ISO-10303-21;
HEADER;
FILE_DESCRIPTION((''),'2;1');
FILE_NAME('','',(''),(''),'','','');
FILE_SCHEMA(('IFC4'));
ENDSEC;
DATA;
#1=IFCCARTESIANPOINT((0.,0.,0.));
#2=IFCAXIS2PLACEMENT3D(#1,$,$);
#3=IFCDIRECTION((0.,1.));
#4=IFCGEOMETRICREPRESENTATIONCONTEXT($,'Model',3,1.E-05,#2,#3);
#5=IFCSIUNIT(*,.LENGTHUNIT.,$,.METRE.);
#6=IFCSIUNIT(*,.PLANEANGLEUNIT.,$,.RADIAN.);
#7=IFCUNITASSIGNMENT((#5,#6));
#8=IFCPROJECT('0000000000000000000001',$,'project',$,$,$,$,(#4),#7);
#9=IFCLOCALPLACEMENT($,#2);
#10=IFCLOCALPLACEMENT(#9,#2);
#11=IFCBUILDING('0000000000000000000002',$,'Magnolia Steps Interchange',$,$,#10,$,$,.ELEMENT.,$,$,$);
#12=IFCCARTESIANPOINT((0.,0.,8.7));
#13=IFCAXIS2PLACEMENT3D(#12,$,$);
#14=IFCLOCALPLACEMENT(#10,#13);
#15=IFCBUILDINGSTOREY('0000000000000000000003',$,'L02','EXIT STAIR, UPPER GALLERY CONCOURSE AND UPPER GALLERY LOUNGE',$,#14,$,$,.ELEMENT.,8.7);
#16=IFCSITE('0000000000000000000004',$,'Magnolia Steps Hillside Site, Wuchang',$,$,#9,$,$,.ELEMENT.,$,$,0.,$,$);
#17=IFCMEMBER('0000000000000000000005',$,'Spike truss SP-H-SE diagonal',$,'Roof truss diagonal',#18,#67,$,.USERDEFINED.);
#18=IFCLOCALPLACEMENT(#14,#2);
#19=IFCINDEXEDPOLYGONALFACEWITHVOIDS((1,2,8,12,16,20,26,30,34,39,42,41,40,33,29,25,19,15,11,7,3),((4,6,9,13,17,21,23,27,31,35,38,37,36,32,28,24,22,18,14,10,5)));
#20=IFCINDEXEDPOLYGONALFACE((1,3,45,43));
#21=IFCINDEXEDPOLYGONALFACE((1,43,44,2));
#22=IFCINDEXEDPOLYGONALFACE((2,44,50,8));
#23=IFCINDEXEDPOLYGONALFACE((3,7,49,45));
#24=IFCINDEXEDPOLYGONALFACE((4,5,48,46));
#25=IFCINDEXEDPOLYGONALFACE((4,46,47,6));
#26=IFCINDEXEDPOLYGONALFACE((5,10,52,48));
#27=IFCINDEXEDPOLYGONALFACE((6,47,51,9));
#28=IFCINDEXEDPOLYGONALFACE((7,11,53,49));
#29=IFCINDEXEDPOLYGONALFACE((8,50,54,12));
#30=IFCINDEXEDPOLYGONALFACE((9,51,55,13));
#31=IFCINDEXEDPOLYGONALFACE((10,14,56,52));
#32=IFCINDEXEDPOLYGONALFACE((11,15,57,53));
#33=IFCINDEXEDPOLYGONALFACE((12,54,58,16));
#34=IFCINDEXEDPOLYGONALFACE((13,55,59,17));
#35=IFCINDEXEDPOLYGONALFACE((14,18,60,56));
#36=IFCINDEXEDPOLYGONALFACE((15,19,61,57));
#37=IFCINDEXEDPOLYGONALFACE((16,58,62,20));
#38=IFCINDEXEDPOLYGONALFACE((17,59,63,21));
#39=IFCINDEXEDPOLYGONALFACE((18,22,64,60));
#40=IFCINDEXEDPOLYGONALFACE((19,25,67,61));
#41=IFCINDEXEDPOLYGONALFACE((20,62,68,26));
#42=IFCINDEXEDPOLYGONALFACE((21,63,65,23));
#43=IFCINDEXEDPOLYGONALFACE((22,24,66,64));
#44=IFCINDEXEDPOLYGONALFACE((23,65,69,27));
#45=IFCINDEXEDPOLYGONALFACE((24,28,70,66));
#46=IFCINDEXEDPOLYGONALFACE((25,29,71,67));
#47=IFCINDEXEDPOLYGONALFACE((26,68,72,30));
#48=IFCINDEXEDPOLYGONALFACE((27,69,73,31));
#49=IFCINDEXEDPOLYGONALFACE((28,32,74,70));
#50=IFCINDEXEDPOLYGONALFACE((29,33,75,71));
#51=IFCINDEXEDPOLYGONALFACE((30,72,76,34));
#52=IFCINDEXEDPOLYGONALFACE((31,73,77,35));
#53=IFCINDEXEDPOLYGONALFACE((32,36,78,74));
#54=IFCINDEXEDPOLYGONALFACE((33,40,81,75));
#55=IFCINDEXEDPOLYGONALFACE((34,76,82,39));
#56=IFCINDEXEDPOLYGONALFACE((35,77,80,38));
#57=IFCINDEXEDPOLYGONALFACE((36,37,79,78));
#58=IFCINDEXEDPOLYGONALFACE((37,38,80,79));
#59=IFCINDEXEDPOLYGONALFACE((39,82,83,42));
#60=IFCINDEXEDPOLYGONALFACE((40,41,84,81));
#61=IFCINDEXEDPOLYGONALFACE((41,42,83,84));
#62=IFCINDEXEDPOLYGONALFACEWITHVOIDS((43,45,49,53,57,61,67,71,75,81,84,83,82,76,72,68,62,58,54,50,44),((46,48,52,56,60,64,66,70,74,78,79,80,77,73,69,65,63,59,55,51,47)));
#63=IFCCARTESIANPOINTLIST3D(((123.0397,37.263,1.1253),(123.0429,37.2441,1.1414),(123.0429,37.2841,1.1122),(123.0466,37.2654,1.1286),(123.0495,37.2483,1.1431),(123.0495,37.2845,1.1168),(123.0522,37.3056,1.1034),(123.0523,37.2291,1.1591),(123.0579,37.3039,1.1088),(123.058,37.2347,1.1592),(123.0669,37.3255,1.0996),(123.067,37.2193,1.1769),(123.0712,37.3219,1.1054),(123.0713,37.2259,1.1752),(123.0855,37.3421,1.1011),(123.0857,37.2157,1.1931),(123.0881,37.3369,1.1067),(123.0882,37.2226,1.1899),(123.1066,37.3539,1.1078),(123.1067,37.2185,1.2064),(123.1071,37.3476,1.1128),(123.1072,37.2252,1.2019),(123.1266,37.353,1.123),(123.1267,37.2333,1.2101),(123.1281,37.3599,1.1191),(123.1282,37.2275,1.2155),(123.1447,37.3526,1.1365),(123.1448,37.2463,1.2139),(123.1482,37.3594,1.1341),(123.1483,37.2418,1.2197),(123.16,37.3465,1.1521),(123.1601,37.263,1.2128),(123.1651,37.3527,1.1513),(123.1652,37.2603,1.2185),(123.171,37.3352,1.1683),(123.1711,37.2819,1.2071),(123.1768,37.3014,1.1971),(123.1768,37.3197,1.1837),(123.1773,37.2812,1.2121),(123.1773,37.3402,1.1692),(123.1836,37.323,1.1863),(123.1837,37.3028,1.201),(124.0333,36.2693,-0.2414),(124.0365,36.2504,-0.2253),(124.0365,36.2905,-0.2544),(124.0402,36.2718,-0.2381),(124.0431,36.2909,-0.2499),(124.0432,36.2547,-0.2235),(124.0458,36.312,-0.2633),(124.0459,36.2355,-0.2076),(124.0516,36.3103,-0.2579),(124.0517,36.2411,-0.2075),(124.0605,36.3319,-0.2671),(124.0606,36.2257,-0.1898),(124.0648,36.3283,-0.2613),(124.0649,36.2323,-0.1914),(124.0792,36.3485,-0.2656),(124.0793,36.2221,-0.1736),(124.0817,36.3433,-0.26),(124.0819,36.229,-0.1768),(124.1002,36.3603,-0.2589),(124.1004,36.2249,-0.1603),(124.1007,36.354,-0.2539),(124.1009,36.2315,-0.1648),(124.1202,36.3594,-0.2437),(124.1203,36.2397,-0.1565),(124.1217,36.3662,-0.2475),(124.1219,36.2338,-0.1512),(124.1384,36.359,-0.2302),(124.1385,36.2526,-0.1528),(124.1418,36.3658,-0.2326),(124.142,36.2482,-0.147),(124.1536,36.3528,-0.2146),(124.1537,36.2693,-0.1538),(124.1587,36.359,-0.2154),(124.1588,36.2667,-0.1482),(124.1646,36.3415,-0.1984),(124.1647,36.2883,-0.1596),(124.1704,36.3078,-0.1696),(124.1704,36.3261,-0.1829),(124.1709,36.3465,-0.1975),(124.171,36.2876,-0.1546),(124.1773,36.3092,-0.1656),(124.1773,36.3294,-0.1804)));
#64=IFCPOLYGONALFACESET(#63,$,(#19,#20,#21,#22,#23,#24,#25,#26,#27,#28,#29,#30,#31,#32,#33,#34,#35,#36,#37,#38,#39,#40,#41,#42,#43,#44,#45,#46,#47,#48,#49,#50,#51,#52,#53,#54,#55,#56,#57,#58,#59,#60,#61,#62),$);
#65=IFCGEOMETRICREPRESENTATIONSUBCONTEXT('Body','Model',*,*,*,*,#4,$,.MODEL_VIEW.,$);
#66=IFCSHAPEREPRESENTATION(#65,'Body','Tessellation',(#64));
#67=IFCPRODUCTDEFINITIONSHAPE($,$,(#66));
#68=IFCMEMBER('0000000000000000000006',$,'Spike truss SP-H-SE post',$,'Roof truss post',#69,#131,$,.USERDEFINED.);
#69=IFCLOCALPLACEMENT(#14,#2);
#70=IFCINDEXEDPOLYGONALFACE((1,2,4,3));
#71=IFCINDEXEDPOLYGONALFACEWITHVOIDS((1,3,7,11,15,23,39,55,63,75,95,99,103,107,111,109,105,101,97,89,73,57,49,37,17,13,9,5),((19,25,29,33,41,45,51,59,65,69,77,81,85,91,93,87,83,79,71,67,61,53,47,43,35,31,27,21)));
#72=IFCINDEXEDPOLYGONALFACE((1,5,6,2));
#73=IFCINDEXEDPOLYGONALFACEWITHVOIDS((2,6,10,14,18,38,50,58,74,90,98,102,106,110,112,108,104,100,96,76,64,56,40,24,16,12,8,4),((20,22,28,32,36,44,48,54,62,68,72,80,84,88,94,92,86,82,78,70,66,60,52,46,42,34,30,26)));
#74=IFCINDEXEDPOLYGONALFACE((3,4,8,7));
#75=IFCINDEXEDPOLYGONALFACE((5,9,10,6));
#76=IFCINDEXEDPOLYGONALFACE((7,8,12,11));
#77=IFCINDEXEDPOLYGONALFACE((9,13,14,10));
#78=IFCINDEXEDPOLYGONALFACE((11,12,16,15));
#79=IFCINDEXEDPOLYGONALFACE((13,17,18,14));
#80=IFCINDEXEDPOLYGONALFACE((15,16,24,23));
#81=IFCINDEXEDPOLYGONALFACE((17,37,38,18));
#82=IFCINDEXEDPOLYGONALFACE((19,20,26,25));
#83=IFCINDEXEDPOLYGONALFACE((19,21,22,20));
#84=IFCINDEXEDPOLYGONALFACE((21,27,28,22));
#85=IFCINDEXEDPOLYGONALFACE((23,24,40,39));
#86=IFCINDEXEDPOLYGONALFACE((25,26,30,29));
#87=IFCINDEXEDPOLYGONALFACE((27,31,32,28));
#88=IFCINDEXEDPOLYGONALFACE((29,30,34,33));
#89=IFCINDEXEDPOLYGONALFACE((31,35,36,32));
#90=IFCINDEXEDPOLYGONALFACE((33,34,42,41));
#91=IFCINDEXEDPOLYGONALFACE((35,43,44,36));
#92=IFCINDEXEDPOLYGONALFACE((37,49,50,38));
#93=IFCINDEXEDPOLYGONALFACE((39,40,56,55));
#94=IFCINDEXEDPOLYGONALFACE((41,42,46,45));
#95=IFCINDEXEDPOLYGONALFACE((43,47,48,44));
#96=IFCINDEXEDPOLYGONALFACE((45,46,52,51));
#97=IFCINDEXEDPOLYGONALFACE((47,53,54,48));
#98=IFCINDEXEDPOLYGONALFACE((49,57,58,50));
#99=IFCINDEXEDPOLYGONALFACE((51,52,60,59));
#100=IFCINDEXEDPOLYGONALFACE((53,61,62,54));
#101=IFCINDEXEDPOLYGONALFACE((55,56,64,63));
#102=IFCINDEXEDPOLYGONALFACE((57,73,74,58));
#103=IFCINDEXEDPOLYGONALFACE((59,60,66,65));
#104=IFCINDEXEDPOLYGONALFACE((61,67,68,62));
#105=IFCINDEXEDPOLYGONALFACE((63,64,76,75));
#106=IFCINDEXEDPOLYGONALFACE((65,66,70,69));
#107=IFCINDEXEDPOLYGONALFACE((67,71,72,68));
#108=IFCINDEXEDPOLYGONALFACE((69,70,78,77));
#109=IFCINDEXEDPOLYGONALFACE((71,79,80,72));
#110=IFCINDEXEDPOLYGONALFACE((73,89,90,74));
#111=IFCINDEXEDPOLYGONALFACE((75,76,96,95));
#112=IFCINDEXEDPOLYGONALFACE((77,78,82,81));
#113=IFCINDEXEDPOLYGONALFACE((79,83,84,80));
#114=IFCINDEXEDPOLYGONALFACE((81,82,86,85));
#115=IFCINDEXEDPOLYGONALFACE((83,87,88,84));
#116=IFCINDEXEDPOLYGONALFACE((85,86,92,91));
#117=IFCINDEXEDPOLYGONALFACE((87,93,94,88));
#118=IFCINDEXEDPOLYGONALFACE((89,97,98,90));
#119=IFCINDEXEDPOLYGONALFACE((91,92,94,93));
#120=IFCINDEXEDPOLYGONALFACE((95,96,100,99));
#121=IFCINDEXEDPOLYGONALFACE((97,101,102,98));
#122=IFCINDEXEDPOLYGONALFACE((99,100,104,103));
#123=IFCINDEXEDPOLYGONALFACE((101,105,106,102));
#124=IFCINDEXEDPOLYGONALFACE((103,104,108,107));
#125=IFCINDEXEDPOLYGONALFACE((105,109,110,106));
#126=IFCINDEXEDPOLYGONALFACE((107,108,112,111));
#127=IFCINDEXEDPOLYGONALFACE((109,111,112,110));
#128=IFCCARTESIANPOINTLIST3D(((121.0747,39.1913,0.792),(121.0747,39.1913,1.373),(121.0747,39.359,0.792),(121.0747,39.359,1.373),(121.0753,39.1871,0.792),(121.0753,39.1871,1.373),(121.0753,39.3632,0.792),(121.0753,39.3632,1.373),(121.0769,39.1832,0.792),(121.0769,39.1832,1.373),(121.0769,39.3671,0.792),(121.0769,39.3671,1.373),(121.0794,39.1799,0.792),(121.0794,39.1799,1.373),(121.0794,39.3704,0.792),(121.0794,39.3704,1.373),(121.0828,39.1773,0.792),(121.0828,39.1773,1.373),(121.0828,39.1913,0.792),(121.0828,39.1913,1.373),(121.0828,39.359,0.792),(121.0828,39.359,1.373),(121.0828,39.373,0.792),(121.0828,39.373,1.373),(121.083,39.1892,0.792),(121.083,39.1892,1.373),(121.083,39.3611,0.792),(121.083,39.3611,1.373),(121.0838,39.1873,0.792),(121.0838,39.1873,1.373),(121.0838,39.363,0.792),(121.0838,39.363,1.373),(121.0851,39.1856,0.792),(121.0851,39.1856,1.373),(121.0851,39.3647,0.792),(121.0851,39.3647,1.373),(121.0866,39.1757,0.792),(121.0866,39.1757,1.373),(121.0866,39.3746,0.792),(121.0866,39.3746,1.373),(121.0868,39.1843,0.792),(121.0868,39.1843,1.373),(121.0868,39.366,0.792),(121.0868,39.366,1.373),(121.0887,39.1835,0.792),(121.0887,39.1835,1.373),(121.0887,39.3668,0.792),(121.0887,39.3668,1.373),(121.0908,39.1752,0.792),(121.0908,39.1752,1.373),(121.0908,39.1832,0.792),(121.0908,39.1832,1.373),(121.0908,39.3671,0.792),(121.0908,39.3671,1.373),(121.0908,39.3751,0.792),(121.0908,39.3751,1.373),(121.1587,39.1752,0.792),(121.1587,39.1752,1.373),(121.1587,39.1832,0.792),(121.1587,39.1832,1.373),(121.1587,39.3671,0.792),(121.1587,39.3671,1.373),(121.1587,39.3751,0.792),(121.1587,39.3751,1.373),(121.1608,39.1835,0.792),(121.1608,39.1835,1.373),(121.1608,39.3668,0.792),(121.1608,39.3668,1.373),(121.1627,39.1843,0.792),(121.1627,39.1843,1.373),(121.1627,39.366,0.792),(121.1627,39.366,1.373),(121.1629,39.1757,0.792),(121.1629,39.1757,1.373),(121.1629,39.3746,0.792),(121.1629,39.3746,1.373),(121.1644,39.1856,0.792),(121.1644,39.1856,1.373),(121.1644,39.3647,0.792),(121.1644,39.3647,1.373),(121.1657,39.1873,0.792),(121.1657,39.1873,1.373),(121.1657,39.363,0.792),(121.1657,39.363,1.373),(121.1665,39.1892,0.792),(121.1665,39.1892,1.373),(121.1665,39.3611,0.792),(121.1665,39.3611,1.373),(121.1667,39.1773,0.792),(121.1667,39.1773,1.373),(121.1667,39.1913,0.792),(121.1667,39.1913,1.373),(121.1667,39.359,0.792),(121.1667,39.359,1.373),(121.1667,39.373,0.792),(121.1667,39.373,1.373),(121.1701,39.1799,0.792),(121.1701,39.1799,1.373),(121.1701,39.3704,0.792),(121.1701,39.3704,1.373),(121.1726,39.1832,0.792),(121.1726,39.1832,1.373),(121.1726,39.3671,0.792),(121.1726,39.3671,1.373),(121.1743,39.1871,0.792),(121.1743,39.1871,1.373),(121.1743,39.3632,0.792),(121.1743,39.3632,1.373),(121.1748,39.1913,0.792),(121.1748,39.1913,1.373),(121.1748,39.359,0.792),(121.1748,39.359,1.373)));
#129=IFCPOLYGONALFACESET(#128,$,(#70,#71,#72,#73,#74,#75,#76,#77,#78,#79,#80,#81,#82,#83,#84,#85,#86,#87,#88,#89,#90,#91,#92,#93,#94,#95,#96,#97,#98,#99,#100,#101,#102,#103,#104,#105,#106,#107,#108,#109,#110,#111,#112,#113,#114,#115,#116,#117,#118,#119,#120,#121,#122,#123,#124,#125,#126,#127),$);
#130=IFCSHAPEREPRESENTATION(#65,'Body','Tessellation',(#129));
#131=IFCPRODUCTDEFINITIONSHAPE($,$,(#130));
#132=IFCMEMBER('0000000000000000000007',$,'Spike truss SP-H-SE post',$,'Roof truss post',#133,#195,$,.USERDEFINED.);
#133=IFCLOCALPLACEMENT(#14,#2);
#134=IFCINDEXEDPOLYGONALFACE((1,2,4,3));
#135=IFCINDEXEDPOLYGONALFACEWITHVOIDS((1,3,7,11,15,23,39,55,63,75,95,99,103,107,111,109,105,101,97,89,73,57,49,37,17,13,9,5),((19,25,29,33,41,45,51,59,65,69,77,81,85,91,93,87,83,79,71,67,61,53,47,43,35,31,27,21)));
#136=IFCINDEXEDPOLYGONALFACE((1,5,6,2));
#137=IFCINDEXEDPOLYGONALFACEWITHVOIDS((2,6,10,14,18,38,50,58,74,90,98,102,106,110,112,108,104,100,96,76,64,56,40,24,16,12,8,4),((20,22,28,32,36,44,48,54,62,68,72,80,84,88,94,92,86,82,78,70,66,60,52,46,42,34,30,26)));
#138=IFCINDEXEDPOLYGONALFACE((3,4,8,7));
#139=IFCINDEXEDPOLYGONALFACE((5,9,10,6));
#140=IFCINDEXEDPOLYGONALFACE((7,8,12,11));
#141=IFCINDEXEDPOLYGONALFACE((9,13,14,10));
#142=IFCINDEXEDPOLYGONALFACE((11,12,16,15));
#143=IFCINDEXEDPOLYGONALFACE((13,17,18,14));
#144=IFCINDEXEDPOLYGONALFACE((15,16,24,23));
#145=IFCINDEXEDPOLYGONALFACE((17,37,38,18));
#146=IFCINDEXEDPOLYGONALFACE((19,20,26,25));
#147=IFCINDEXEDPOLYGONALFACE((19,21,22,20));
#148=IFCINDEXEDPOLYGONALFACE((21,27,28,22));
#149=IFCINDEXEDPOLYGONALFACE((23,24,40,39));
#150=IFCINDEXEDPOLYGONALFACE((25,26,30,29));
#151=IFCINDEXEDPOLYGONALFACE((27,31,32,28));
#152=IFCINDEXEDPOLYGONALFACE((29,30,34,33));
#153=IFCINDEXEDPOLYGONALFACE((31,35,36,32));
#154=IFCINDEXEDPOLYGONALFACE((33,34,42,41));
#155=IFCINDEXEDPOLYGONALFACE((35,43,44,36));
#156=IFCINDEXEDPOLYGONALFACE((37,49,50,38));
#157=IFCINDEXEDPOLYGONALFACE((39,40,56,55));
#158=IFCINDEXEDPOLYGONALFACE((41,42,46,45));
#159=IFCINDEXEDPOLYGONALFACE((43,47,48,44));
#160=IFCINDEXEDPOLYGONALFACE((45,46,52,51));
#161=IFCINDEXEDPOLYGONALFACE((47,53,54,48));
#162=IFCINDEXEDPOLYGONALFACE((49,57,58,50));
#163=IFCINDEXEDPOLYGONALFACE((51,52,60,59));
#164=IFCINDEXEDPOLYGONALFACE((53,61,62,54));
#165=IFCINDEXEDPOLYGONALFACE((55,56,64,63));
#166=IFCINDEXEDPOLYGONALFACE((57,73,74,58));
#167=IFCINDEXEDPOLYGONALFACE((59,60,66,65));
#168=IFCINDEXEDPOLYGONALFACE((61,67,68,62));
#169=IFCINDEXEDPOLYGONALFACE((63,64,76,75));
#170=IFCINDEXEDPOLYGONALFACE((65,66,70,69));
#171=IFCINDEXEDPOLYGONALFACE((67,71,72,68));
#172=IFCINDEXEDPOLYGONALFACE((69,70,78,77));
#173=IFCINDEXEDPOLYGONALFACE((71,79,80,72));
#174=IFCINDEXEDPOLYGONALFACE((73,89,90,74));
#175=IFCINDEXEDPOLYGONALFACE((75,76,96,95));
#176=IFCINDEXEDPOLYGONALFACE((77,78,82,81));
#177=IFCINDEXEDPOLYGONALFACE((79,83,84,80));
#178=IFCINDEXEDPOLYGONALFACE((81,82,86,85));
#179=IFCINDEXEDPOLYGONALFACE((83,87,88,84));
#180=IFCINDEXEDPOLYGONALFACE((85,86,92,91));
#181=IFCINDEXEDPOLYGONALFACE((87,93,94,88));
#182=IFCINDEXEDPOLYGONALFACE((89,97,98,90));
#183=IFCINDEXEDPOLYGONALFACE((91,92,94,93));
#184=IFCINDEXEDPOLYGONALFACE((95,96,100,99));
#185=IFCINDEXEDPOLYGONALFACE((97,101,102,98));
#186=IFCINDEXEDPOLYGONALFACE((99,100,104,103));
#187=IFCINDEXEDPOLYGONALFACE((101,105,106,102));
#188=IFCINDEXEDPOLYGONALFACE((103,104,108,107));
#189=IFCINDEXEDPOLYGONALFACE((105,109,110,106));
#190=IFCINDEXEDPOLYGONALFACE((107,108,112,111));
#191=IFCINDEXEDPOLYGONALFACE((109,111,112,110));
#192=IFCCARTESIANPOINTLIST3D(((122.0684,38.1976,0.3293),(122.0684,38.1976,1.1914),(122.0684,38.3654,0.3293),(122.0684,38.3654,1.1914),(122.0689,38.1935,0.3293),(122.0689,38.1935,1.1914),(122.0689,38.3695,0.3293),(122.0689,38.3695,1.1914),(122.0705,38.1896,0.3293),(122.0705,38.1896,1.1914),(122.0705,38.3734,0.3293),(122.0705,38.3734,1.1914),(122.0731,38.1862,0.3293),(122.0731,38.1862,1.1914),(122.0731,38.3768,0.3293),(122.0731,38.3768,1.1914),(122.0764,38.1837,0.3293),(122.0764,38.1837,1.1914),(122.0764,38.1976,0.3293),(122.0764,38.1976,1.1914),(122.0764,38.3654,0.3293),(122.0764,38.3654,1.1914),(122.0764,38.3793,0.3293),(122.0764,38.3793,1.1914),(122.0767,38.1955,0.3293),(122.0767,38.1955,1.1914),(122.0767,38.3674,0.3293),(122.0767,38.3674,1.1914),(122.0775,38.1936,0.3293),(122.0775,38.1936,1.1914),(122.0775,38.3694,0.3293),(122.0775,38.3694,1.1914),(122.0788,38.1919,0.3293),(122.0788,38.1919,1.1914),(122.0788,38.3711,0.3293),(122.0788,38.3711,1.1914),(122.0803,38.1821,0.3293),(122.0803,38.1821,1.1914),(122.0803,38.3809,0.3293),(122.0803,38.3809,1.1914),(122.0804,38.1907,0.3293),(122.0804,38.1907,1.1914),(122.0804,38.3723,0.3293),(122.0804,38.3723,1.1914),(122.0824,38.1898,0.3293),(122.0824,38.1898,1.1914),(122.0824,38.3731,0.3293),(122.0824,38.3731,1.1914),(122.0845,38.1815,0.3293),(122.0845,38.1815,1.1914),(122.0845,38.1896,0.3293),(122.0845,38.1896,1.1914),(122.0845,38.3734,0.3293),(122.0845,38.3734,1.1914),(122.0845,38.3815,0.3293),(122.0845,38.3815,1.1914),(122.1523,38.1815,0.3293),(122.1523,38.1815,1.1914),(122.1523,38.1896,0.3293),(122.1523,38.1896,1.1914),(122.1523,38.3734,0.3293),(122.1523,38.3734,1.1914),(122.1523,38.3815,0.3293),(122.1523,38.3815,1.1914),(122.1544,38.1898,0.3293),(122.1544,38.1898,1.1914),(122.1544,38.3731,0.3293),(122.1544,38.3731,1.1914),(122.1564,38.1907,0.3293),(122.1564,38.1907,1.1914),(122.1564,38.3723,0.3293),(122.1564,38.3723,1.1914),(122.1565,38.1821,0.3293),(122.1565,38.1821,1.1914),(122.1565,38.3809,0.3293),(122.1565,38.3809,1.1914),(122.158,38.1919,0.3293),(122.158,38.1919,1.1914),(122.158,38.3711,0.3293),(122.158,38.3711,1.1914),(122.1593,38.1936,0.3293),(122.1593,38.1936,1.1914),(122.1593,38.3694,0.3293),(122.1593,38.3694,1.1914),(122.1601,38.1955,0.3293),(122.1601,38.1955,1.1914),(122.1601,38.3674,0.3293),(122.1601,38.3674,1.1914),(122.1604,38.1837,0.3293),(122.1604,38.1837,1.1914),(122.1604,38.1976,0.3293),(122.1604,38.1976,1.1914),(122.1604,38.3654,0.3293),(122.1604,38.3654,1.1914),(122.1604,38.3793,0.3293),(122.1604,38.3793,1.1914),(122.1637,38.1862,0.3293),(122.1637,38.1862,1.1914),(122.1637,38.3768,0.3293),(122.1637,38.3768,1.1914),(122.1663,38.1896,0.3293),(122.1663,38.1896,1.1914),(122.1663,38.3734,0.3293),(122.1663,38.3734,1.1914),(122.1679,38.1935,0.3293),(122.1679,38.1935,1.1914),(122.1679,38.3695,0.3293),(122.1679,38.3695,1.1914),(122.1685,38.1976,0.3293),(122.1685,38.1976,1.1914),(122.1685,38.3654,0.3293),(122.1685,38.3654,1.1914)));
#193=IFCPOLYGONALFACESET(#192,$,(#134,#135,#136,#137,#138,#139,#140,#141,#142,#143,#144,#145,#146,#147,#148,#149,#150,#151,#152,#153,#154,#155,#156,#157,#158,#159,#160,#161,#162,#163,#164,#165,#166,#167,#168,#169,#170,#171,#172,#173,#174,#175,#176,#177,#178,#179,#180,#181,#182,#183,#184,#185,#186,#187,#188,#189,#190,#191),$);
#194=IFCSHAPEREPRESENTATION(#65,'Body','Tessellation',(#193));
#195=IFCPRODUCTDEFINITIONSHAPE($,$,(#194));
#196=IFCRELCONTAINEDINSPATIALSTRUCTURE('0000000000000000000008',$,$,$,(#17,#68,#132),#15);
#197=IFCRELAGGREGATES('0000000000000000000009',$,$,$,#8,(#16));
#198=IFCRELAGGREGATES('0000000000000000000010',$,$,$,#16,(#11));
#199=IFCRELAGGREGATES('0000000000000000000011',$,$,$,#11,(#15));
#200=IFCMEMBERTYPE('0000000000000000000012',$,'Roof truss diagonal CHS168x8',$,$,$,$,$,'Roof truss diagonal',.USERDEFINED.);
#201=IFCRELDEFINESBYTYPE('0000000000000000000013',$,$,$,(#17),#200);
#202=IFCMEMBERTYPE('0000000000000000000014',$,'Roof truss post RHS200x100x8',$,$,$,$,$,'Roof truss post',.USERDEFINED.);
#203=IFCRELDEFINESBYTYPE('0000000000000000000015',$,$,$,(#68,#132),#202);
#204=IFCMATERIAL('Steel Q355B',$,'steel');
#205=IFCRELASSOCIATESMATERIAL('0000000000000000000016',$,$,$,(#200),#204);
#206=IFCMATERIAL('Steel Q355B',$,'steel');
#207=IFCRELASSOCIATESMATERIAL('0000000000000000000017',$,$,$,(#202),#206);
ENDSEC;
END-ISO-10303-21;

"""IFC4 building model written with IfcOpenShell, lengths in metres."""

from ifc_helpers import new_model, si_unit, direction, frame, origin, origin_2d, place, context, subcontext, project, spatial, hollow_rectangle, hollow_circle, extrude, material, material_profile, profile_set, type_object, element, save


model = new_model("IFC4")

# Units and contexts
model_context = context("Model", 3, precision=1e-05, world=origin(), true_north=direction((0.0, 1.0)))
body_context = subcontext(model_context, "Body", "Model", "MODEL_VIEW")
ifc_project = project(units=[si_unit("LENGTHUNIT", "METRE"), si_unit("PLANEANGLEUNIT", "RADIAN")], contexts=[model_context])

# Site, building, storey
site_placement = place(None, origin())
site = spatial("IfcSite", under=ifc_project, at=site_placement, Name="Magnolia Steps Hillside Site, Wuchang", CompositionType="ELEMENT", RefElevation=0.0)
building_placement = place(site_placement, origin())
building = spatial("IfcBuilding", under=site, at=building_placement, Name="Magnolia Steps Interchange", CompositionType="ELEMENT")
storey_placement = place(building_placement, frame((0.0, 0.0, 8.7)))
storey = spatial("IfcBuildingStorey", under=building, at=storey_placement, Name="L02", Description="EXIT STAIR, UPPER GALLERY CONCOURSE AND UPPER GALLERY LOUNGE", CompositionType="ELEMENT", Elevation=8.7)

# Members
ifc_material_1 = material(Name="Steel Q355B", Category="steel")
ifc_material_profile_1 = material_profile(ifc_material_1, hollow_circle(Radius=0.084, WallThickness=0.0081, at=origin_2d()), Name="CHS168x8")
ifc_profile_set_1 = profile_set([ifc_material_profile_1], Name="Steel Q355B")
member_type_1 = type_object("IfcMemberType", Name="Roof truss diagonal CHS168x8", ElementType="Roof truss diagonal", PredefinedType="USERDEFINED", material=ifc_profile_set_1)
member_1_placement = place(storey_placement, frame((123.1121, 37.2881, 1.1597), z_axis=(0.506902, -0.506902, -0.697209), x_axis=(0.776218, 0.620173, 0.113452)))
element("IfcMember", 1, at=member_1_placement, inside=storey, type_object=member_type_1, Name="Spike truss SP-H-SE diagonal", ObjectType="Roof truss diagonal", PredefinedType="USERDEFINED", context=body_context, shape_type="SweptSolid", body=[
    extrude(hollow_circle(Radius=0.084, WallThickness=0.0081, at=origin_2d()), origin(), (0.0, 0.0, 1.0), 1.9602),
])
ifc_material_2 = material(Name="Steel Q355B", Category="steel")
ifc_material_profile_2 = material_profile(ifc_material_2, hollow_rectangle(XDim=0.1001, YDim=0.2, WallThickness=0.0081, InnerFilletRadius=0.0081, OuterFilletRadius=0.0161, at=origin_2d()), Name="RHS200x100x8")
ifc_profile_set_2 = profile_set([ifc_material_profile_2], Name="Steel Q355B")
member_type_2 = type_object("IfcMemberType", Name="Roof truss post RHS200x100x8", ElementType="Roof truss post", PredefinedType="USERDEFINED", material=ifc_profile_set_2)
member_2_placement = place(storey_placement, frame((121.1248, 39.2751, 0.792), z_axis=(0.0, 0.0, 1.0), x_axis=(1.0, 0.0, 0.0)))
element("IfcMember", 2, at=member_2_placement, inside=storey, type_object=member_type_2, Name="Spike truss SP-H-SE post", ObjectType="Roof truss post", PredefinedType="USERDEFINED", context=body_context, shape_type="SweptSolid", body=[
    extrude(hollow_rectangle(XDim=0.1001, YDim=0.2, WallThickness=0.0081, InnerFilletRadius=0.0081, OuterFilletRadius=0.0161, at=origin_2d()), origin(), (0.0, 0.0, 1.0), 0.5811),
])
member_3_placement = place(storey_placement, frame((122.1184, 38.2815, 0.3293), z_axis=(0.0, 0.0, 1.0), x_axis=(1.0, 0.0, 0.0)))
element("IfcMember", 3, at=member_3_placement, inside=storey, type_object=member_type_2, Name="Spike truss SP-H-SE post", ObjectType="Roof truss post", PredefinedType="USERDEFINED", context=body_context, shape_type="SweptSolid", body=[
    extrude(hollow_rectangle(XDim=0.1001, YDim=0.2, WallThickness=0.0081, InnerFilletRadius=0.0081, OuterFilletRadius=0.0161, at=origin_2d()), origin(), (0.0, 0.0, 1.0), 0.8621),
])

save(model, "model.ifc")
